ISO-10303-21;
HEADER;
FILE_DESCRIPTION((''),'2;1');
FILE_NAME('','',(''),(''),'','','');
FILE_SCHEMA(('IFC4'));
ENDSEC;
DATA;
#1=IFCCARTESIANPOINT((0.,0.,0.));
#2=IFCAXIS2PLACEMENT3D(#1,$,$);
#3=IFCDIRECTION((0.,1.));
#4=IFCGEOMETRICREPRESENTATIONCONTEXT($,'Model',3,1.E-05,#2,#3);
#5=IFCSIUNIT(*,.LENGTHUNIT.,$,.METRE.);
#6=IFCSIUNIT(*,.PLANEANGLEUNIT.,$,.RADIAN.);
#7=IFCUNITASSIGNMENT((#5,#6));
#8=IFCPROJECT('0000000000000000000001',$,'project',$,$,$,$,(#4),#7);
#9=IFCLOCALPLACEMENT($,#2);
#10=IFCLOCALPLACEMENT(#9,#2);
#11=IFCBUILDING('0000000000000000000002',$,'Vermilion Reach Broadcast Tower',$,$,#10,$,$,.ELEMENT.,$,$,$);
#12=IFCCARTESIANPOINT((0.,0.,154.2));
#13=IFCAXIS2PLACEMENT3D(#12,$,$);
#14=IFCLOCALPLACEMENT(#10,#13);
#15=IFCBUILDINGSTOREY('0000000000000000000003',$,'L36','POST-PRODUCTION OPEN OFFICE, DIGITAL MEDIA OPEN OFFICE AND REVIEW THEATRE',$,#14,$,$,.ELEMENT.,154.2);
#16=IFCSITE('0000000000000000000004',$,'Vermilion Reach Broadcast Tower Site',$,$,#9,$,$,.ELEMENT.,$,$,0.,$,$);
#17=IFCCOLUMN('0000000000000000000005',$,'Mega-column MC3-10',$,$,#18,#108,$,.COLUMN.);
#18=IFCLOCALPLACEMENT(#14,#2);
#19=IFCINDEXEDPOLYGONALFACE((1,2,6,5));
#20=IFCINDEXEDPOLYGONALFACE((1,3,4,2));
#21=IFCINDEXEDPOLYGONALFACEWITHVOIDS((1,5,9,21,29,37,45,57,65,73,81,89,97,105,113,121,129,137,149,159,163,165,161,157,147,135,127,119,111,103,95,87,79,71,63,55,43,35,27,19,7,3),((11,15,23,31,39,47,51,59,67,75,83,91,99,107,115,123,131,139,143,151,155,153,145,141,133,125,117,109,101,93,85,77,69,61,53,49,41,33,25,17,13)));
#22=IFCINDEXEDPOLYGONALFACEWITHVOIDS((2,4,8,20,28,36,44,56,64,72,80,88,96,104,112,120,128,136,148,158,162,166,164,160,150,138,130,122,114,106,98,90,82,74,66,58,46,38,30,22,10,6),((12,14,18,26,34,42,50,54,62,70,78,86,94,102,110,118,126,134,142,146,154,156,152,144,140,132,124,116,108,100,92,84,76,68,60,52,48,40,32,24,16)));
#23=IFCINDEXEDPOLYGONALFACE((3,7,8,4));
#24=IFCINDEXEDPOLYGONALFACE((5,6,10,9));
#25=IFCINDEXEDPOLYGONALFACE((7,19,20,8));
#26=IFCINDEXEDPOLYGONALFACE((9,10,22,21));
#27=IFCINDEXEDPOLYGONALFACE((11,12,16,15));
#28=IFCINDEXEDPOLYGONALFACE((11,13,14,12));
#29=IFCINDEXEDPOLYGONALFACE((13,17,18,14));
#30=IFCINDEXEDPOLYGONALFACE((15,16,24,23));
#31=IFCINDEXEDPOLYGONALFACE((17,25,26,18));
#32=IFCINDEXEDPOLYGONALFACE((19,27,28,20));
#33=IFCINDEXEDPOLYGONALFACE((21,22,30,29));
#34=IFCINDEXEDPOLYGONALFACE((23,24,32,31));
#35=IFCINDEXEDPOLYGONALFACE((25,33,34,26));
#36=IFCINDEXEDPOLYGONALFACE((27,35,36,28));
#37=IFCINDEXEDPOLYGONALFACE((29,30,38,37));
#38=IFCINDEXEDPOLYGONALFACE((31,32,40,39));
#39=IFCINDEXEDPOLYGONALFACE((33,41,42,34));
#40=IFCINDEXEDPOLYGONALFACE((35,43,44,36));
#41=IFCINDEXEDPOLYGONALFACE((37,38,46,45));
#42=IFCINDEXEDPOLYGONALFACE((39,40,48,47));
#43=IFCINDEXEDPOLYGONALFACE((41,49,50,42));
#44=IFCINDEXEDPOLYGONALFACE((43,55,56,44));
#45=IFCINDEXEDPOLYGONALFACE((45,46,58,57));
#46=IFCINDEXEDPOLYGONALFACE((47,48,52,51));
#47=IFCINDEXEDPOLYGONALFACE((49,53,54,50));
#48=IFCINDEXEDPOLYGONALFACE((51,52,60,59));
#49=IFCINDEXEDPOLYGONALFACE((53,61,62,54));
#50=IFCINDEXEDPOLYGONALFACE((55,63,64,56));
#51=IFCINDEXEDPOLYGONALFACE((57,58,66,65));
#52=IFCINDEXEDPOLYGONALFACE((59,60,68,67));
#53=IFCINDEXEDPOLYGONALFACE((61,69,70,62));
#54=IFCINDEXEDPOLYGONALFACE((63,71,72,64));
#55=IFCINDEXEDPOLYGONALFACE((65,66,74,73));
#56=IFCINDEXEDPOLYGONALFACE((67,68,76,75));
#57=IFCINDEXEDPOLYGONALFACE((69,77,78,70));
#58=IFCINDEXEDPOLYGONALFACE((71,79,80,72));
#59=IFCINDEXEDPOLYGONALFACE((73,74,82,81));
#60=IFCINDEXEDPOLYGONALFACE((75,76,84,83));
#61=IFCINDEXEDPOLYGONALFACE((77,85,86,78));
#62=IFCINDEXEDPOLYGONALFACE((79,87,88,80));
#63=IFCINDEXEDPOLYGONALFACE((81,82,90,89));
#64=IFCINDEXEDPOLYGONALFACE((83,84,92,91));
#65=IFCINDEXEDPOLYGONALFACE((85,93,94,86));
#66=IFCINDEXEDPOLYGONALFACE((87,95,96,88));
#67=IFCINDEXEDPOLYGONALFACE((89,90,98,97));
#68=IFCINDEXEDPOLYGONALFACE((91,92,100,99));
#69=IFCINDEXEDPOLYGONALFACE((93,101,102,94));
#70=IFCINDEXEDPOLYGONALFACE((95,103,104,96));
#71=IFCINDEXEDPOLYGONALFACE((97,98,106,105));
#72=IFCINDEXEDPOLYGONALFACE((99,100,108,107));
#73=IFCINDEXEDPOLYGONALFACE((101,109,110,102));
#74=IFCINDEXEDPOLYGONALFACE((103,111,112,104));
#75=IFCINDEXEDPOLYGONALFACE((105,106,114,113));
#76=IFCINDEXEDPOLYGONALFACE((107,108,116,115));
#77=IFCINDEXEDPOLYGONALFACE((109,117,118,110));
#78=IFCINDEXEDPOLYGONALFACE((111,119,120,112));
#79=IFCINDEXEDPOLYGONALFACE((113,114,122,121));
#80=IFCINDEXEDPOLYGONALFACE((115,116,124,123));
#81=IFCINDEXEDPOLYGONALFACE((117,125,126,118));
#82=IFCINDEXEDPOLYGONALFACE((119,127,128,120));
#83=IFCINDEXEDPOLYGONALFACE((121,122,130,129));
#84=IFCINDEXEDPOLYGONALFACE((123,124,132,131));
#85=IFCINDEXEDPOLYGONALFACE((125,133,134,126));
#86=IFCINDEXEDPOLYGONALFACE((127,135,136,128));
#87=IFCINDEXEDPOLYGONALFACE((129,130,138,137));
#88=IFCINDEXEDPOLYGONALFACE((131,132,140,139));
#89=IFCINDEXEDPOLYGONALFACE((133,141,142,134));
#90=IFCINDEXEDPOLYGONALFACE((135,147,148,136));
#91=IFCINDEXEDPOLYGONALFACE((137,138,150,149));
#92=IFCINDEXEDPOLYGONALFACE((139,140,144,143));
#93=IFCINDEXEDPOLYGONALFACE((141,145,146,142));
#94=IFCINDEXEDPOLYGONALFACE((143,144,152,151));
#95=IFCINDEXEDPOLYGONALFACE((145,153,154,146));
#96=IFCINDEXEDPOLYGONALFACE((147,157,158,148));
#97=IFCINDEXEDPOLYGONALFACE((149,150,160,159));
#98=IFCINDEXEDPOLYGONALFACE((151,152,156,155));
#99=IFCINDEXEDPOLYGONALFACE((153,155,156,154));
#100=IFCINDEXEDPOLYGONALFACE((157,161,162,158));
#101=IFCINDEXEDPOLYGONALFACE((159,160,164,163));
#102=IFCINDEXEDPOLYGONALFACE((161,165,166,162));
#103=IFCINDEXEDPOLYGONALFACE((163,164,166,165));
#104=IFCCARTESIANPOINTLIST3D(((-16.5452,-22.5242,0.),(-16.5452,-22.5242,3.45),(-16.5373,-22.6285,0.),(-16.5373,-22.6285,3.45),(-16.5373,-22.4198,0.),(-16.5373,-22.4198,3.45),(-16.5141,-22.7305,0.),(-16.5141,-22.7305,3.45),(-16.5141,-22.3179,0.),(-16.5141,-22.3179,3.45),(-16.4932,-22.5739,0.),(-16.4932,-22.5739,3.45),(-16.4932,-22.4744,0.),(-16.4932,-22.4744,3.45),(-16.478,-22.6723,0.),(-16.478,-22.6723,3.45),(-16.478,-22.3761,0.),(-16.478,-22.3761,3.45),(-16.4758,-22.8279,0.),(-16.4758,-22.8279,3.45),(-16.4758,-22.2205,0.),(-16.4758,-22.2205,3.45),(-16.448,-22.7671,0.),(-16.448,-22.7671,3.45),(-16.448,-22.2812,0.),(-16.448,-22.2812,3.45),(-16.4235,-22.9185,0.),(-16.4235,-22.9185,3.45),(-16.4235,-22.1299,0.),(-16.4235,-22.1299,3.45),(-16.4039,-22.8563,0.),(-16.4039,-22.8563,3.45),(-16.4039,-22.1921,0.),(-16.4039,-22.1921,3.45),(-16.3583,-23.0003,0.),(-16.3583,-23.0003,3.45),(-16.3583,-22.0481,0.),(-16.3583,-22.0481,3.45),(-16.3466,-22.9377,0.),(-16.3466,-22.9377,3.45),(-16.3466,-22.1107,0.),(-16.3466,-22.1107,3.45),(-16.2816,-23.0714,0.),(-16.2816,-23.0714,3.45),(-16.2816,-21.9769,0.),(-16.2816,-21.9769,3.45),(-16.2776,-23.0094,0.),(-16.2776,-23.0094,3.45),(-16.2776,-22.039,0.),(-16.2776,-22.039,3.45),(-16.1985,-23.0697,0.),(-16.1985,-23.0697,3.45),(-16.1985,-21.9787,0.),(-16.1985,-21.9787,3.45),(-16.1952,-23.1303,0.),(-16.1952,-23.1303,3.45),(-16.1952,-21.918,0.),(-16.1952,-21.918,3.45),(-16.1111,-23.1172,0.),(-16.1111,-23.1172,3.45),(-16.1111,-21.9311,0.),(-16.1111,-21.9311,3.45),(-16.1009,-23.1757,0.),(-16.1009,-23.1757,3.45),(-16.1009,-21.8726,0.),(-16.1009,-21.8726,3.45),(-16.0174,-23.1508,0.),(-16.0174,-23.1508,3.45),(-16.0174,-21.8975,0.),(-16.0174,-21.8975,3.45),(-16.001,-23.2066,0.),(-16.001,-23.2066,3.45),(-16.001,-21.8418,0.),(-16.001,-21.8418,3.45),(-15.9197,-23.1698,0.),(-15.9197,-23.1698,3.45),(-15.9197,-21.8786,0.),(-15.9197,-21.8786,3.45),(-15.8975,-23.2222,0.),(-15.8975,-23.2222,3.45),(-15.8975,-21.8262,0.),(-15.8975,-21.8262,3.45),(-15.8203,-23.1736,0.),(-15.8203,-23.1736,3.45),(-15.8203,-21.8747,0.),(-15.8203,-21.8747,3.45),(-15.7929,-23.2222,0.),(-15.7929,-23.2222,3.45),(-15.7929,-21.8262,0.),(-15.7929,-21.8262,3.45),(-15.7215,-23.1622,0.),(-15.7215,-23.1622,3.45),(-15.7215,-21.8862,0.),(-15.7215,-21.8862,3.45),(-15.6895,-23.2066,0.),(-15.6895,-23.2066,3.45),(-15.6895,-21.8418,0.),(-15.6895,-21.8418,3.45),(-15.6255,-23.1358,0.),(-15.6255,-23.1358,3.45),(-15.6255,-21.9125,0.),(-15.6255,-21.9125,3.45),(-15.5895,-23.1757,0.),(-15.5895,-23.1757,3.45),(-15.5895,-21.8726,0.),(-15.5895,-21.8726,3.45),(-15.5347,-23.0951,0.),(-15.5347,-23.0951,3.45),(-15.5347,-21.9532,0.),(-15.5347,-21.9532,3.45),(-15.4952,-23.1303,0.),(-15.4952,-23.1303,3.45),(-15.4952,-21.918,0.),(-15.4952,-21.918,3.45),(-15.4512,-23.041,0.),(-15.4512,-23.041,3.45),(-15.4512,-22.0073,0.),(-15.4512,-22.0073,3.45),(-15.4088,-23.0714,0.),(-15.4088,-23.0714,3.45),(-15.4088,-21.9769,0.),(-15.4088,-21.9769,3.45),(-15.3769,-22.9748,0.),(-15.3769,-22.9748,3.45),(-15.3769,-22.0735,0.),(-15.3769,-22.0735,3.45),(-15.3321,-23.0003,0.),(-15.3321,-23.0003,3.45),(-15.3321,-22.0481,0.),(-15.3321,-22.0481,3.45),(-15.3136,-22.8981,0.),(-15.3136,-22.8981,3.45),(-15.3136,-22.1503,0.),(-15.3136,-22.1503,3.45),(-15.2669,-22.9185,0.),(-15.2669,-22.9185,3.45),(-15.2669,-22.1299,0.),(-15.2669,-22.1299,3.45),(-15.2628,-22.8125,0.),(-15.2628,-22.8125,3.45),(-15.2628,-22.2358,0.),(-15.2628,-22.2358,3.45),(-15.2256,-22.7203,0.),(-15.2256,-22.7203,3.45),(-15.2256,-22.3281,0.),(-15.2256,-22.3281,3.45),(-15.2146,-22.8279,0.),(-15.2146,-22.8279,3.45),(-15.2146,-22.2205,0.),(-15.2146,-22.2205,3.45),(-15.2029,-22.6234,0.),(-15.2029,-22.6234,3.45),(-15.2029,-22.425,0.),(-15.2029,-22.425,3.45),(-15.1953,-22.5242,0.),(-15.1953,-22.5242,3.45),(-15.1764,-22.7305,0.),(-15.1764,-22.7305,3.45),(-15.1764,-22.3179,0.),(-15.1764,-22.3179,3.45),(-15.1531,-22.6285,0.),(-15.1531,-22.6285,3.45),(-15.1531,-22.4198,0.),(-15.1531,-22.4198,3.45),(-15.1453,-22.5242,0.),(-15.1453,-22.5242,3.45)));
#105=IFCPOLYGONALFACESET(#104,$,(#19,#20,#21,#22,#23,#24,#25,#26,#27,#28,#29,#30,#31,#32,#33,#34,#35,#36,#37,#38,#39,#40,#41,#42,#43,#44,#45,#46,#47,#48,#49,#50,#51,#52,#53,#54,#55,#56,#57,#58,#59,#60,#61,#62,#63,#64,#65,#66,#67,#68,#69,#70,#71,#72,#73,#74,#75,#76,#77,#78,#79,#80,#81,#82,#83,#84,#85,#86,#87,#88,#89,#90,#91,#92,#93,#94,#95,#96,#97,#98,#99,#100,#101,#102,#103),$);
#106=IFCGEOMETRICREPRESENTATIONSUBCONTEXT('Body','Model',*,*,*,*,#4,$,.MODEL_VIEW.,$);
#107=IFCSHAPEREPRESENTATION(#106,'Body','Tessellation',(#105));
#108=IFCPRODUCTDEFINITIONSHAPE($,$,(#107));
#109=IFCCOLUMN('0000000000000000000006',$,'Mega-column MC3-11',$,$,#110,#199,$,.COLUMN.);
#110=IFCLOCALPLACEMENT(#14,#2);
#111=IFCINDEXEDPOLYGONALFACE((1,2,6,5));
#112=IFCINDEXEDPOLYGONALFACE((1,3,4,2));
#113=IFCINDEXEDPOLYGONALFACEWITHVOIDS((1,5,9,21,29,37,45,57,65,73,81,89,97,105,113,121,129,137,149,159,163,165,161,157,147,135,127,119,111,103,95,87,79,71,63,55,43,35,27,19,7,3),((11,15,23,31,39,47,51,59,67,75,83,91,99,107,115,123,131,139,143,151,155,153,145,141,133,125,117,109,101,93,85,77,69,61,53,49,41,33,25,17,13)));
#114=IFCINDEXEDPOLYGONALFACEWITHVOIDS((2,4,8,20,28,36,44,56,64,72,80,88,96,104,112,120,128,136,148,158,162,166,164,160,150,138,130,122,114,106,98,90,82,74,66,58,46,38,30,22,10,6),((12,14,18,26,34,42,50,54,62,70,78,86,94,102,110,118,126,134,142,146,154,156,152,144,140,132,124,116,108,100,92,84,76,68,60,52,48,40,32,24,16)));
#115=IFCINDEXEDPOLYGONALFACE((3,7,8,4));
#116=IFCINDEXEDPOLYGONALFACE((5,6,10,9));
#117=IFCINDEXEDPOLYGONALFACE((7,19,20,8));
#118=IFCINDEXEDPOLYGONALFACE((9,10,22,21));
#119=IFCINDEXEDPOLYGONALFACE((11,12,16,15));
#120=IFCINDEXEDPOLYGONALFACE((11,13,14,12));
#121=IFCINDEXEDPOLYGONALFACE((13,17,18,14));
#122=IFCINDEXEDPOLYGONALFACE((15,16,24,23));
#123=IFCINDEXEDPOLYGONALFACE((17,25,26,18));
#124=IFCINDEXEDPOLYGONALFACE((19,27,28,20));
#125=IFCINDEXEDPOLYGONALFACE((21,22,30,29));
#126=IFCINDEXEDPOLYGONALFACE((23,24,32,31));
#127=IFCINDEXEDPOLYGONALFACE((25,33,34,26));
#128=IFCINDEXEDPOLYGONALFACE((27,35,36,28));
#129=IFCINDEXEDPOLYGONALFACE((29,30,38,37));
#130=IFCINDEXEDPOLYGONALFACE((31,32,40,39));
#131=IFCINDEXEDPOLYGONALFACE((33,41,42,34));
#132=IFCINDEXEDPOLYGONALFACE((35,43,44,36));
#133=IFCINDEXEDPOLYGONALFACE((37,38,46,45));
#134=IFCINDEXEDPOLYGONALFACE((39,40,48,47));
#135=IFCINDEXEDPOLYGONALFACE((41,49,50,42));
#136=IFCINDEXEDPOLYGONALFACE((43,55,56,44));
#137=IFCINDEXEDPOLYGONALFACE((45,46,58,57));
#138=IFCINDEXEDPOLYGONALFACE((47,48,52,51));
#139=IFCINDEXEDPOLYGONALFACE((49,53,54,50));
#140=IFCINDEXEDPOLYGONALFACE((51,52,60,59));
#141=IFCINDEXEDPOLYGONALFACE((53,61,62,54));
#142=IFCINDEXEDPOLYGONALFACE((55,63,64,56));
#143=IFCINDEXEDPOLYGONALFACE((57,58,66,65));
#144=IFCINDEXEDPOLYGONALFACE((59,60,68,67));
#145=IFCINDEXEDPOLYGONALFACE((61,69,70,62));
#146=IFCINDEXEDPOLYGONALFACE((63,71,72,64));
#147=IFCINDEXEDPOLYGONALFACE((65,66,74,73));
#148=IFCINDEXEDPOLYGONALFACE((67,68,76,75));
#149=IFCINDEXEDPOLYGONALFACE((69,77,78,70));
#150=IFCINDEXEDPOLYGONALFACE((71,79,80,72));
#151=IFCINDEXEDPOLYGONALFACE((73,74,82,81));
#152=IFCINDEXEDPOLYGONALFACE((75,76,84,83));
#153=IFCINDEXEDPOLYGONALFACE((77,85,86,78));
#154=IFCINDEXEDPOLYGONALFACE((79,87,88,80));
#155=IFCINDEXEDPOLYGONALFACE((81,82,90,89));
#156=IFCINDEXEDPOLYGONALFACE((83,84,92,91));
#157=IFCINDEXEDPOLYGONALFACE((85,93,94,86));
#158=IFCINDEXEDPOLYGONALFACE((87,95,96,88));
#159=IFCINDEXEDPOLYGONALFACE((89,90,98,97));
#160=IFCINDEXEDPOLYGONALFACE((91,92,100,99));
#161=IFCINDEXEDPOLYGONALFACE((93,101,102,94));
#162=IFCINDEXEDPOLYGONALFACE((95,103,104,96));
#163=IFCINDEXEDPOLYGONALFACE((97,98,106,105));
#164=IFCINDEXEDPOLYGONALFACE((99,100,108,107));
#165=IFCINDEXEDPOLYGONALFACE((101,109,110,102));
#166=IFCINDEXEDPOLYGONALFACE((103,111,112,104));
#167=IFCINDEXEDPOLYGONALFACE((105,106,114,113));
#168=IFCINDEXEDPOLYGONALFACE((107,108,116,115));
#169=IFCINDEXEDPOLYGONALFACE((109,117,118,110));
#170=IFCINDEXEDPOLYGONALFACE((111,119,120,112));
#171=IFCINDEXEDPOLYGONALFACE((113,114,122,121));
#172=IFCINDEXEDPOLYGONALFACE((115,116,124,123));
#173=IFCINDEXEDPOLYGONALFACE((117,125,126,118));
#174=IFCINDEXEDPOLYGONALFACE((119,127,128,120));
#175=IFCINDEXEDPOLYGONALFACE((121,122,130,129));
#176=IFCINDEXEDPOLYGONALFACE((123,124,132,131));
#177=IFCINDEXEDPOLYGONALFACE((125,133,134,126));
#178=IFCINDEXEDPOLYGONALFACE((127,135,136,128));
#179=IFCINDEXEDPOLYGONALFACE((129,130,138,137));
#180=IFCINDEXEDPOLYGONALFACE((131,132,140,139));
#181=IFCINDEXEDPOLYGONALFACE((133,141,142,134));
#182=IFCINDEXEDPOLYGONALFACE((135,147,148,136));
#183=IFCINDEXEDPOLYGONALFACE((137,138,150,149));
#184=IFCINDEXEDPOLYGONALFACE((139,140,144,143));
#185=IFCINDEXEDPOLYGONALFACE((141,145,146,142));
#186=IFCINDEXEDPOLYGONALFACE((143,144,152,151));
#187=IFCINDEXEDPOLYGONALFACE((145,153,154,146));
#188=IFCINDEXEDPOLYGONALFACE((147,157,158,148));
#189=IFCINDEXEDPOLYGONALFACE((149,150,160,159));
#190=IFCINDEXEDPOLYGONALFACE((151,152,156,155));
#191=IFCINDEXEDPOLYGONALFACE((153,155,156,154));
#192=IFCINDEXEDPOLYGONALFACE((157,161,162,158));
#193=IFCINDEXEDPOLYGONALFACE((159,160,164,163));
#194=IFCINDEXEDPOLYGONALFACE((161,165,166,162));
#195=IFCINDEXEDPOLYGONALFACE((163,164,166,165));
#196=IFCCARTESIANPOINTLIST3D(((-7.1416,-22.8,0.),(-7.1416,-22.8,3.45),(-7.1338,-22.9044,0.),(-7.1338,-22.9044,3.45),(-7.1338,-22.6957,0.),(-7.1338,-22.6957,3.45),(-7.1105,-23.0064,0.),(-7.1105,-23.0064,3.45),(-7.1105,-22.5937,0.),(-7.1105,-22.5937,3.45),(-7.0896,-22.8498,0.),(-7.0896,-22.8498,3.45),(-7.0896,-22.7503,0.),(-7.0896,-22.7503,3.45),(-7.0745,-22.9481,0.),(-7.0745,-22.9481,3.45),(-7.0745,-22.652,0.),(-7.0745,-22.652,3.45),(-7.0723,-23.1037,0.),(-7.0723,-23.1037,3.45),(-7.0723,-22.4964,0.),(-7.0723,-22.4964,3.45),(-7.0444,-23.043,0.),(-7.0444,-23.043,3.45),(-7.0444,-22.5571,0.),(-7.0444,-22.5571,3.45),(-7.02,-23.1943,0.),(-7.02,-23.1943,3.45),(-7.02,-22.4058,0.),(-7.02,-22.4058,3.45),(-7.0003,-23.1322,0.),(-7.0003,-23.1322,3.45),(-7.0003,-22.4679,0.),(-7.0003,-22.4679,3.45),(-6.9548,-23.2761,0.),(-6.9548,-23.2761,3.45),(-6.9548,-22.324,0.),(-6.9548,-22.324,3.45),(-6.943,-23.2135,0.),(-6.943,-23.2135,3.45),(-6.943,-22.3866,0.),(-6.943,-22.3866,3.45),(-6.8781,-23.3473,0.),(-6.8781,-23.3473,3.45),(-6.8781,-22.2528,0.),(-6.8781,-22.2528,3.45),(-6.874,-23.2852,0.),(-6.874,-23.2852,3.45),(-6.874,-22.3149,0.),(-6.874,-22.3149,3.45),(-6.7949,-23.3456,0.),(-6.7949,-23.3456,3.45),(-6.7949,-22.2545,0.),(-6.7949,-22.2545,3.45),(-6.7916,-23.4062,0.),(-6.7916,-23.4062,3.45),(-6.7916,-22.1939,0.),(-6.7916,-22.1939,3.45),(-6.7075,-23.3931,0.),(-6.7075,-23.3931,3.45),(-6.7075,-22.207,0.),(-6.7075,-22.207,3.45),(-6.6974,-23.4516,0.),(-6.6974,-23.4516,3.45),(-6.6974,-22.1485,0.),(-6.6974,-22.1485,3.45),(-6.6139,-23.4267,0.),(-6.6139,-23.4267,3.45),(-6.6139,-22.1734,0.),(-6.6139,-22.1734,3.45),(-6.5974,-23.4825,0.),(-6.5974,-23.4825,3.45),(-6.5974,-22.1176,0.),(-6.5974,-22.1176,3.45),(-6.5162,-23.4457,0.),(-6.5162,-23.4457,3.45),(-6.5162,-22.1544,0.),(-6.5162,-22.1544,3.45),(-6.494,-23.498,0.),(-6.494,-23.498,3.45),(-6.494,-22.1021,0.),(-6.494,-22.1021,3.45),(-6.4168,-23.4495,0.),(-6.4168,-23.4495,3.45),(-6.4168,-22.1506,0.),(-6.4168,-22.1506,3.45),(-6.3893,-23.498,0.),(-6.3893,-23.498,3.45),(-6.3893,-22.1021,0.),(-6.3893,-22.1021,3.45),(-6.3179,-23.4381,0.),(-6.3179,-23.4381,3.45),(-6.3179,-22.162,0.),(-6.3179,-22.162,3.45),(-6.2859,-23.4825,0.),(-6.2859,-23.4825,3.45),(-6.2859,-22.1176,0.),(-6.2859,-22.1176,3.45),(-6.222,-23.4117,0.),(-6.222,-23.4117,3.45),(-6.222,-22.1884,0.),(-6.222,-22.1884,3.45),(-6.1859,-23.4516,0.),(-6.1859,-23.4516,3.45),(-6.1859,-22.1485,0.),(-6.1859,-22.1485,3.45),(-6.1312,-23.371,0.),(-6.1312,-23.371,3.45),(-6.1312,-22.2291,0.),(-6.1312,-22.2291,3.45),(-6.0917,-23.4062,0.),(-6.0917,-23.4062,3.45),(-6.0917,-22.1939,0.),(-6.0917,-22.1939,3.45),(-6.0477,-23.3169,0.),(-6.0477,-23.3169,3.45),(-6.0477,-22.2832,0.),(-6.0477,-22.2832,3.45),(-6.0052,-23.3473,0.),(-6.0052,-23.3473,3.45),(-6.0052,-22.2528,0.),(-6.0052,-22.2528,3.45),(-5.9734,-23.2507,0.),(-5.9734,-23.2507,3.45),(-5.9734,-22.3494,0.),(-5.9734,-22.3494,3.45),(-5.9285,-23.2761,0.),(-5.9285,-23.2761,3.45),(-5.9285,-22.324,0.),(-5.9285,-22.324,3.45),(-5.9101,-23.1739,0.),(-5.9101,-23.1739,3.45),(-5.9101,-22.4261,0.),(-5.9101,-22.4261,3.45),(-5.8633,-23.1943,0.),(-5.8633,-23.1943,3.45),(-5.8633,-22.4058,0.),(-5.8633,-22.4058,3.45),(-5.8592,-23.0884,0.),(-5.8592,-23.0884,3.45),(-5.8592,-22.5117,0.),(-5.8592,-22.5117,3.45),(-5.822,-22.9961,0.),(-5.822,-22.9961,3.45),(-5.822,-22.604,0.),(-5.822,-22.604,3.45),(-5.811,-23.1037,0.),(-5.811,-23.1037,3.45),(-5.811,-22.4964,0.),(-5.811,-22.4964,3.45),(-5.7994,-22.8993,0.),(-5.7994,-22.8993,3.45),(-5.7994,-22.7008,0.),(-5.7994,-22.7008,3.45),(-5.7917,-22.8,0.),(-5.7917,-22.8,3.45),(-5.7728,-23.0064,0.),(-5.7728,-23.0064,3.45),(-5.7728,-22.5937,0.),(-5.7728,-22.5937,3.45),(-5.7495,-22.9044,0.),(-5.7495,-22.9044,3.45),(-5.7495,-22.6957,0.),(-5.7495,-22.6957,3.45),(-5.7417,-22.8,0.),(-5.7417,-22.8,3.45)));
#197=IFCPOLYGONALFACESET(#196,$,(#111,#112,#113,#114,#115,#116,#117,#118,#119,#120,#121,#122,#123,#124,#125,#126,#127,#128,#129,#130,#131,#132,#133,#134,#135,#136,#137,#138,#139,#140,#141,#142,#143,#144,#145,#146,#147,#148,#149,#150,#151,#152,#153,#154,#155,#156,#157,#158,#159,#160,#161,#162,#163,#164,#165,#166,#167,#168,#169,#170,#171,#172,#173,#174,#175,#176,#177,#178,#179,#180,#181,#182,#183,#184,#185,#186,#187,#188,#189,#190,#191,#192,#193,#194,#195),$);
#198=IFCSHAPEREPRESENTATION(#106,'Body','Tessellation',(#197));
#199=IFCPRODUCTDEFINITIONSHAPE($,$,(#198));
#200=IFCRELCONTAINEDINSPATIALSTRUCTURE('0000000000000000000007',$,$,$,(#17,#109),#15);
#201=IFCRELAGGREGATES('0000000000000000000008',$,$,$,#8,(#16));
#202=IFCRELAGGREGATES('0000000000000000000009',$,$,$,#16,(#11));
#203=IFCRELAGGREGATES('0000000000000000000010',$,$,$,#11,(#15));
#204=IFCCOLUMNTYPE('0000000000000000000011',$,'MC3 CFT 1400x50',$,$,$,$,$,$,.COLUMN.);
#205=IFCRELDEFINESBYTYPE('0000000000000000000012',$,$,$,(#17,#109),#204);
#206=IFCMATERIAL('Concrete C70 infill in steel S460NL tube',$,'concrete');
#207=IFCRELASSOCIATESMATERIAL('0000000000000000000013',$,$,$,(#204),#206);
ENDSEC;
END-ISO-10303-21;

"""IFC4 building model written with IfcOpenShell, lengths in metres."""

from ifc_helpers import new_model, si_unit, direction, frame, origin, origin_2d, place, context, subcontext, project, spatial, hollow_circle, extrude, material, material_profile, profile_set, type_object, element, save


model = new_model("IFC4")

# Units and contexts
model_context = context("Model", 3, precision=1e-05, world=origin(), true_north=direction((0.0, 1.0)))
body_context = subcontext(model_context, "Body", "Model", "MODEL_VIEW")
ifc_project = project(units=[si_unit("LENGTHUNIT", "METRE"), si_unit("PLANEANGLEUNIT", "RADIAN")], contexts=[model_context])

# Site, building, storey
site_placement = place(None, origin())
site = spatial("IfcSite", under=ifc_project, at=site_placement, Name="Vermilion Reach Broadcast Tower Site", CompositionType="ELEMENT", RefElevation=0.0)
building_placement = place(site_placement, origin())
building = spatial("IfcBuilding", under=site, at=building_placement, Name="Vermilion Reach Broadcast Tower", CompositionType="ELEMENT")
storey_placement = place(building_placement, frame((0.0, 0.0, 154.2)))
storey = spatial("IfcBuildingStorey", under=building, at=storey_placement, Name="L36", Description="POST-PRODUCTION OPEN OFFICE, DIGITAL MEDIA OPEN OFFICE AND REVIEW THEATRE", CompositionType="ELEMENT", Elevation=154.2)

# Columns
ifc_material_1 = material(Name="Concrete C70 infill in steel S460NL tube", Category="concrete")
ifc_material_profile_1 = material_profile(ifc_material_1, hollow_circle(Radius=0.7, WallThickness=0.05, at=origin_2d()), Name="Concrete C70 infill in steel S460NL tube CFT 1400x50")
ifc_profile_set_1 = profile_set([ifc_material_profile_1], Name="Concrete C70 infill in steel S460NL tube")
column_type = type_object("IfcColumnType", Name="MC3 CFT 1400x50", PredefinedType="COLUMN", material=ifc_profile_set_1)
for number, where, z_axis, x_axis, name in (
    (1, (-15.8452, -22.5242, 0.0), (0.0, 0.0, 1.0), (1.0, 0.0, 0.0), "Mega-column MC3-10"),
    (2, (-6.4417, -22.8, 0.0), (0.0, 0.0, 1.0), (1.0, 0.0, 0.0), "Mega-column MC3-11"),
):
    element("IfcColumn", number, at=place(storey_placement, frame(where, z_axis=z_axis, x_axis=x_axis)), inside=storey, type_object=column_type, Name=name, PredefinedType="COLUMN", context=body_context, shape_type="SweptSolid", body=[
        extrude(hollow_circle(Radius=0.7, WallThickness=0.05, at=origin_2d()), origin(), (0.0, 0.0, 1.0), 3.45),
    ])

save(model, "model.ifc")
